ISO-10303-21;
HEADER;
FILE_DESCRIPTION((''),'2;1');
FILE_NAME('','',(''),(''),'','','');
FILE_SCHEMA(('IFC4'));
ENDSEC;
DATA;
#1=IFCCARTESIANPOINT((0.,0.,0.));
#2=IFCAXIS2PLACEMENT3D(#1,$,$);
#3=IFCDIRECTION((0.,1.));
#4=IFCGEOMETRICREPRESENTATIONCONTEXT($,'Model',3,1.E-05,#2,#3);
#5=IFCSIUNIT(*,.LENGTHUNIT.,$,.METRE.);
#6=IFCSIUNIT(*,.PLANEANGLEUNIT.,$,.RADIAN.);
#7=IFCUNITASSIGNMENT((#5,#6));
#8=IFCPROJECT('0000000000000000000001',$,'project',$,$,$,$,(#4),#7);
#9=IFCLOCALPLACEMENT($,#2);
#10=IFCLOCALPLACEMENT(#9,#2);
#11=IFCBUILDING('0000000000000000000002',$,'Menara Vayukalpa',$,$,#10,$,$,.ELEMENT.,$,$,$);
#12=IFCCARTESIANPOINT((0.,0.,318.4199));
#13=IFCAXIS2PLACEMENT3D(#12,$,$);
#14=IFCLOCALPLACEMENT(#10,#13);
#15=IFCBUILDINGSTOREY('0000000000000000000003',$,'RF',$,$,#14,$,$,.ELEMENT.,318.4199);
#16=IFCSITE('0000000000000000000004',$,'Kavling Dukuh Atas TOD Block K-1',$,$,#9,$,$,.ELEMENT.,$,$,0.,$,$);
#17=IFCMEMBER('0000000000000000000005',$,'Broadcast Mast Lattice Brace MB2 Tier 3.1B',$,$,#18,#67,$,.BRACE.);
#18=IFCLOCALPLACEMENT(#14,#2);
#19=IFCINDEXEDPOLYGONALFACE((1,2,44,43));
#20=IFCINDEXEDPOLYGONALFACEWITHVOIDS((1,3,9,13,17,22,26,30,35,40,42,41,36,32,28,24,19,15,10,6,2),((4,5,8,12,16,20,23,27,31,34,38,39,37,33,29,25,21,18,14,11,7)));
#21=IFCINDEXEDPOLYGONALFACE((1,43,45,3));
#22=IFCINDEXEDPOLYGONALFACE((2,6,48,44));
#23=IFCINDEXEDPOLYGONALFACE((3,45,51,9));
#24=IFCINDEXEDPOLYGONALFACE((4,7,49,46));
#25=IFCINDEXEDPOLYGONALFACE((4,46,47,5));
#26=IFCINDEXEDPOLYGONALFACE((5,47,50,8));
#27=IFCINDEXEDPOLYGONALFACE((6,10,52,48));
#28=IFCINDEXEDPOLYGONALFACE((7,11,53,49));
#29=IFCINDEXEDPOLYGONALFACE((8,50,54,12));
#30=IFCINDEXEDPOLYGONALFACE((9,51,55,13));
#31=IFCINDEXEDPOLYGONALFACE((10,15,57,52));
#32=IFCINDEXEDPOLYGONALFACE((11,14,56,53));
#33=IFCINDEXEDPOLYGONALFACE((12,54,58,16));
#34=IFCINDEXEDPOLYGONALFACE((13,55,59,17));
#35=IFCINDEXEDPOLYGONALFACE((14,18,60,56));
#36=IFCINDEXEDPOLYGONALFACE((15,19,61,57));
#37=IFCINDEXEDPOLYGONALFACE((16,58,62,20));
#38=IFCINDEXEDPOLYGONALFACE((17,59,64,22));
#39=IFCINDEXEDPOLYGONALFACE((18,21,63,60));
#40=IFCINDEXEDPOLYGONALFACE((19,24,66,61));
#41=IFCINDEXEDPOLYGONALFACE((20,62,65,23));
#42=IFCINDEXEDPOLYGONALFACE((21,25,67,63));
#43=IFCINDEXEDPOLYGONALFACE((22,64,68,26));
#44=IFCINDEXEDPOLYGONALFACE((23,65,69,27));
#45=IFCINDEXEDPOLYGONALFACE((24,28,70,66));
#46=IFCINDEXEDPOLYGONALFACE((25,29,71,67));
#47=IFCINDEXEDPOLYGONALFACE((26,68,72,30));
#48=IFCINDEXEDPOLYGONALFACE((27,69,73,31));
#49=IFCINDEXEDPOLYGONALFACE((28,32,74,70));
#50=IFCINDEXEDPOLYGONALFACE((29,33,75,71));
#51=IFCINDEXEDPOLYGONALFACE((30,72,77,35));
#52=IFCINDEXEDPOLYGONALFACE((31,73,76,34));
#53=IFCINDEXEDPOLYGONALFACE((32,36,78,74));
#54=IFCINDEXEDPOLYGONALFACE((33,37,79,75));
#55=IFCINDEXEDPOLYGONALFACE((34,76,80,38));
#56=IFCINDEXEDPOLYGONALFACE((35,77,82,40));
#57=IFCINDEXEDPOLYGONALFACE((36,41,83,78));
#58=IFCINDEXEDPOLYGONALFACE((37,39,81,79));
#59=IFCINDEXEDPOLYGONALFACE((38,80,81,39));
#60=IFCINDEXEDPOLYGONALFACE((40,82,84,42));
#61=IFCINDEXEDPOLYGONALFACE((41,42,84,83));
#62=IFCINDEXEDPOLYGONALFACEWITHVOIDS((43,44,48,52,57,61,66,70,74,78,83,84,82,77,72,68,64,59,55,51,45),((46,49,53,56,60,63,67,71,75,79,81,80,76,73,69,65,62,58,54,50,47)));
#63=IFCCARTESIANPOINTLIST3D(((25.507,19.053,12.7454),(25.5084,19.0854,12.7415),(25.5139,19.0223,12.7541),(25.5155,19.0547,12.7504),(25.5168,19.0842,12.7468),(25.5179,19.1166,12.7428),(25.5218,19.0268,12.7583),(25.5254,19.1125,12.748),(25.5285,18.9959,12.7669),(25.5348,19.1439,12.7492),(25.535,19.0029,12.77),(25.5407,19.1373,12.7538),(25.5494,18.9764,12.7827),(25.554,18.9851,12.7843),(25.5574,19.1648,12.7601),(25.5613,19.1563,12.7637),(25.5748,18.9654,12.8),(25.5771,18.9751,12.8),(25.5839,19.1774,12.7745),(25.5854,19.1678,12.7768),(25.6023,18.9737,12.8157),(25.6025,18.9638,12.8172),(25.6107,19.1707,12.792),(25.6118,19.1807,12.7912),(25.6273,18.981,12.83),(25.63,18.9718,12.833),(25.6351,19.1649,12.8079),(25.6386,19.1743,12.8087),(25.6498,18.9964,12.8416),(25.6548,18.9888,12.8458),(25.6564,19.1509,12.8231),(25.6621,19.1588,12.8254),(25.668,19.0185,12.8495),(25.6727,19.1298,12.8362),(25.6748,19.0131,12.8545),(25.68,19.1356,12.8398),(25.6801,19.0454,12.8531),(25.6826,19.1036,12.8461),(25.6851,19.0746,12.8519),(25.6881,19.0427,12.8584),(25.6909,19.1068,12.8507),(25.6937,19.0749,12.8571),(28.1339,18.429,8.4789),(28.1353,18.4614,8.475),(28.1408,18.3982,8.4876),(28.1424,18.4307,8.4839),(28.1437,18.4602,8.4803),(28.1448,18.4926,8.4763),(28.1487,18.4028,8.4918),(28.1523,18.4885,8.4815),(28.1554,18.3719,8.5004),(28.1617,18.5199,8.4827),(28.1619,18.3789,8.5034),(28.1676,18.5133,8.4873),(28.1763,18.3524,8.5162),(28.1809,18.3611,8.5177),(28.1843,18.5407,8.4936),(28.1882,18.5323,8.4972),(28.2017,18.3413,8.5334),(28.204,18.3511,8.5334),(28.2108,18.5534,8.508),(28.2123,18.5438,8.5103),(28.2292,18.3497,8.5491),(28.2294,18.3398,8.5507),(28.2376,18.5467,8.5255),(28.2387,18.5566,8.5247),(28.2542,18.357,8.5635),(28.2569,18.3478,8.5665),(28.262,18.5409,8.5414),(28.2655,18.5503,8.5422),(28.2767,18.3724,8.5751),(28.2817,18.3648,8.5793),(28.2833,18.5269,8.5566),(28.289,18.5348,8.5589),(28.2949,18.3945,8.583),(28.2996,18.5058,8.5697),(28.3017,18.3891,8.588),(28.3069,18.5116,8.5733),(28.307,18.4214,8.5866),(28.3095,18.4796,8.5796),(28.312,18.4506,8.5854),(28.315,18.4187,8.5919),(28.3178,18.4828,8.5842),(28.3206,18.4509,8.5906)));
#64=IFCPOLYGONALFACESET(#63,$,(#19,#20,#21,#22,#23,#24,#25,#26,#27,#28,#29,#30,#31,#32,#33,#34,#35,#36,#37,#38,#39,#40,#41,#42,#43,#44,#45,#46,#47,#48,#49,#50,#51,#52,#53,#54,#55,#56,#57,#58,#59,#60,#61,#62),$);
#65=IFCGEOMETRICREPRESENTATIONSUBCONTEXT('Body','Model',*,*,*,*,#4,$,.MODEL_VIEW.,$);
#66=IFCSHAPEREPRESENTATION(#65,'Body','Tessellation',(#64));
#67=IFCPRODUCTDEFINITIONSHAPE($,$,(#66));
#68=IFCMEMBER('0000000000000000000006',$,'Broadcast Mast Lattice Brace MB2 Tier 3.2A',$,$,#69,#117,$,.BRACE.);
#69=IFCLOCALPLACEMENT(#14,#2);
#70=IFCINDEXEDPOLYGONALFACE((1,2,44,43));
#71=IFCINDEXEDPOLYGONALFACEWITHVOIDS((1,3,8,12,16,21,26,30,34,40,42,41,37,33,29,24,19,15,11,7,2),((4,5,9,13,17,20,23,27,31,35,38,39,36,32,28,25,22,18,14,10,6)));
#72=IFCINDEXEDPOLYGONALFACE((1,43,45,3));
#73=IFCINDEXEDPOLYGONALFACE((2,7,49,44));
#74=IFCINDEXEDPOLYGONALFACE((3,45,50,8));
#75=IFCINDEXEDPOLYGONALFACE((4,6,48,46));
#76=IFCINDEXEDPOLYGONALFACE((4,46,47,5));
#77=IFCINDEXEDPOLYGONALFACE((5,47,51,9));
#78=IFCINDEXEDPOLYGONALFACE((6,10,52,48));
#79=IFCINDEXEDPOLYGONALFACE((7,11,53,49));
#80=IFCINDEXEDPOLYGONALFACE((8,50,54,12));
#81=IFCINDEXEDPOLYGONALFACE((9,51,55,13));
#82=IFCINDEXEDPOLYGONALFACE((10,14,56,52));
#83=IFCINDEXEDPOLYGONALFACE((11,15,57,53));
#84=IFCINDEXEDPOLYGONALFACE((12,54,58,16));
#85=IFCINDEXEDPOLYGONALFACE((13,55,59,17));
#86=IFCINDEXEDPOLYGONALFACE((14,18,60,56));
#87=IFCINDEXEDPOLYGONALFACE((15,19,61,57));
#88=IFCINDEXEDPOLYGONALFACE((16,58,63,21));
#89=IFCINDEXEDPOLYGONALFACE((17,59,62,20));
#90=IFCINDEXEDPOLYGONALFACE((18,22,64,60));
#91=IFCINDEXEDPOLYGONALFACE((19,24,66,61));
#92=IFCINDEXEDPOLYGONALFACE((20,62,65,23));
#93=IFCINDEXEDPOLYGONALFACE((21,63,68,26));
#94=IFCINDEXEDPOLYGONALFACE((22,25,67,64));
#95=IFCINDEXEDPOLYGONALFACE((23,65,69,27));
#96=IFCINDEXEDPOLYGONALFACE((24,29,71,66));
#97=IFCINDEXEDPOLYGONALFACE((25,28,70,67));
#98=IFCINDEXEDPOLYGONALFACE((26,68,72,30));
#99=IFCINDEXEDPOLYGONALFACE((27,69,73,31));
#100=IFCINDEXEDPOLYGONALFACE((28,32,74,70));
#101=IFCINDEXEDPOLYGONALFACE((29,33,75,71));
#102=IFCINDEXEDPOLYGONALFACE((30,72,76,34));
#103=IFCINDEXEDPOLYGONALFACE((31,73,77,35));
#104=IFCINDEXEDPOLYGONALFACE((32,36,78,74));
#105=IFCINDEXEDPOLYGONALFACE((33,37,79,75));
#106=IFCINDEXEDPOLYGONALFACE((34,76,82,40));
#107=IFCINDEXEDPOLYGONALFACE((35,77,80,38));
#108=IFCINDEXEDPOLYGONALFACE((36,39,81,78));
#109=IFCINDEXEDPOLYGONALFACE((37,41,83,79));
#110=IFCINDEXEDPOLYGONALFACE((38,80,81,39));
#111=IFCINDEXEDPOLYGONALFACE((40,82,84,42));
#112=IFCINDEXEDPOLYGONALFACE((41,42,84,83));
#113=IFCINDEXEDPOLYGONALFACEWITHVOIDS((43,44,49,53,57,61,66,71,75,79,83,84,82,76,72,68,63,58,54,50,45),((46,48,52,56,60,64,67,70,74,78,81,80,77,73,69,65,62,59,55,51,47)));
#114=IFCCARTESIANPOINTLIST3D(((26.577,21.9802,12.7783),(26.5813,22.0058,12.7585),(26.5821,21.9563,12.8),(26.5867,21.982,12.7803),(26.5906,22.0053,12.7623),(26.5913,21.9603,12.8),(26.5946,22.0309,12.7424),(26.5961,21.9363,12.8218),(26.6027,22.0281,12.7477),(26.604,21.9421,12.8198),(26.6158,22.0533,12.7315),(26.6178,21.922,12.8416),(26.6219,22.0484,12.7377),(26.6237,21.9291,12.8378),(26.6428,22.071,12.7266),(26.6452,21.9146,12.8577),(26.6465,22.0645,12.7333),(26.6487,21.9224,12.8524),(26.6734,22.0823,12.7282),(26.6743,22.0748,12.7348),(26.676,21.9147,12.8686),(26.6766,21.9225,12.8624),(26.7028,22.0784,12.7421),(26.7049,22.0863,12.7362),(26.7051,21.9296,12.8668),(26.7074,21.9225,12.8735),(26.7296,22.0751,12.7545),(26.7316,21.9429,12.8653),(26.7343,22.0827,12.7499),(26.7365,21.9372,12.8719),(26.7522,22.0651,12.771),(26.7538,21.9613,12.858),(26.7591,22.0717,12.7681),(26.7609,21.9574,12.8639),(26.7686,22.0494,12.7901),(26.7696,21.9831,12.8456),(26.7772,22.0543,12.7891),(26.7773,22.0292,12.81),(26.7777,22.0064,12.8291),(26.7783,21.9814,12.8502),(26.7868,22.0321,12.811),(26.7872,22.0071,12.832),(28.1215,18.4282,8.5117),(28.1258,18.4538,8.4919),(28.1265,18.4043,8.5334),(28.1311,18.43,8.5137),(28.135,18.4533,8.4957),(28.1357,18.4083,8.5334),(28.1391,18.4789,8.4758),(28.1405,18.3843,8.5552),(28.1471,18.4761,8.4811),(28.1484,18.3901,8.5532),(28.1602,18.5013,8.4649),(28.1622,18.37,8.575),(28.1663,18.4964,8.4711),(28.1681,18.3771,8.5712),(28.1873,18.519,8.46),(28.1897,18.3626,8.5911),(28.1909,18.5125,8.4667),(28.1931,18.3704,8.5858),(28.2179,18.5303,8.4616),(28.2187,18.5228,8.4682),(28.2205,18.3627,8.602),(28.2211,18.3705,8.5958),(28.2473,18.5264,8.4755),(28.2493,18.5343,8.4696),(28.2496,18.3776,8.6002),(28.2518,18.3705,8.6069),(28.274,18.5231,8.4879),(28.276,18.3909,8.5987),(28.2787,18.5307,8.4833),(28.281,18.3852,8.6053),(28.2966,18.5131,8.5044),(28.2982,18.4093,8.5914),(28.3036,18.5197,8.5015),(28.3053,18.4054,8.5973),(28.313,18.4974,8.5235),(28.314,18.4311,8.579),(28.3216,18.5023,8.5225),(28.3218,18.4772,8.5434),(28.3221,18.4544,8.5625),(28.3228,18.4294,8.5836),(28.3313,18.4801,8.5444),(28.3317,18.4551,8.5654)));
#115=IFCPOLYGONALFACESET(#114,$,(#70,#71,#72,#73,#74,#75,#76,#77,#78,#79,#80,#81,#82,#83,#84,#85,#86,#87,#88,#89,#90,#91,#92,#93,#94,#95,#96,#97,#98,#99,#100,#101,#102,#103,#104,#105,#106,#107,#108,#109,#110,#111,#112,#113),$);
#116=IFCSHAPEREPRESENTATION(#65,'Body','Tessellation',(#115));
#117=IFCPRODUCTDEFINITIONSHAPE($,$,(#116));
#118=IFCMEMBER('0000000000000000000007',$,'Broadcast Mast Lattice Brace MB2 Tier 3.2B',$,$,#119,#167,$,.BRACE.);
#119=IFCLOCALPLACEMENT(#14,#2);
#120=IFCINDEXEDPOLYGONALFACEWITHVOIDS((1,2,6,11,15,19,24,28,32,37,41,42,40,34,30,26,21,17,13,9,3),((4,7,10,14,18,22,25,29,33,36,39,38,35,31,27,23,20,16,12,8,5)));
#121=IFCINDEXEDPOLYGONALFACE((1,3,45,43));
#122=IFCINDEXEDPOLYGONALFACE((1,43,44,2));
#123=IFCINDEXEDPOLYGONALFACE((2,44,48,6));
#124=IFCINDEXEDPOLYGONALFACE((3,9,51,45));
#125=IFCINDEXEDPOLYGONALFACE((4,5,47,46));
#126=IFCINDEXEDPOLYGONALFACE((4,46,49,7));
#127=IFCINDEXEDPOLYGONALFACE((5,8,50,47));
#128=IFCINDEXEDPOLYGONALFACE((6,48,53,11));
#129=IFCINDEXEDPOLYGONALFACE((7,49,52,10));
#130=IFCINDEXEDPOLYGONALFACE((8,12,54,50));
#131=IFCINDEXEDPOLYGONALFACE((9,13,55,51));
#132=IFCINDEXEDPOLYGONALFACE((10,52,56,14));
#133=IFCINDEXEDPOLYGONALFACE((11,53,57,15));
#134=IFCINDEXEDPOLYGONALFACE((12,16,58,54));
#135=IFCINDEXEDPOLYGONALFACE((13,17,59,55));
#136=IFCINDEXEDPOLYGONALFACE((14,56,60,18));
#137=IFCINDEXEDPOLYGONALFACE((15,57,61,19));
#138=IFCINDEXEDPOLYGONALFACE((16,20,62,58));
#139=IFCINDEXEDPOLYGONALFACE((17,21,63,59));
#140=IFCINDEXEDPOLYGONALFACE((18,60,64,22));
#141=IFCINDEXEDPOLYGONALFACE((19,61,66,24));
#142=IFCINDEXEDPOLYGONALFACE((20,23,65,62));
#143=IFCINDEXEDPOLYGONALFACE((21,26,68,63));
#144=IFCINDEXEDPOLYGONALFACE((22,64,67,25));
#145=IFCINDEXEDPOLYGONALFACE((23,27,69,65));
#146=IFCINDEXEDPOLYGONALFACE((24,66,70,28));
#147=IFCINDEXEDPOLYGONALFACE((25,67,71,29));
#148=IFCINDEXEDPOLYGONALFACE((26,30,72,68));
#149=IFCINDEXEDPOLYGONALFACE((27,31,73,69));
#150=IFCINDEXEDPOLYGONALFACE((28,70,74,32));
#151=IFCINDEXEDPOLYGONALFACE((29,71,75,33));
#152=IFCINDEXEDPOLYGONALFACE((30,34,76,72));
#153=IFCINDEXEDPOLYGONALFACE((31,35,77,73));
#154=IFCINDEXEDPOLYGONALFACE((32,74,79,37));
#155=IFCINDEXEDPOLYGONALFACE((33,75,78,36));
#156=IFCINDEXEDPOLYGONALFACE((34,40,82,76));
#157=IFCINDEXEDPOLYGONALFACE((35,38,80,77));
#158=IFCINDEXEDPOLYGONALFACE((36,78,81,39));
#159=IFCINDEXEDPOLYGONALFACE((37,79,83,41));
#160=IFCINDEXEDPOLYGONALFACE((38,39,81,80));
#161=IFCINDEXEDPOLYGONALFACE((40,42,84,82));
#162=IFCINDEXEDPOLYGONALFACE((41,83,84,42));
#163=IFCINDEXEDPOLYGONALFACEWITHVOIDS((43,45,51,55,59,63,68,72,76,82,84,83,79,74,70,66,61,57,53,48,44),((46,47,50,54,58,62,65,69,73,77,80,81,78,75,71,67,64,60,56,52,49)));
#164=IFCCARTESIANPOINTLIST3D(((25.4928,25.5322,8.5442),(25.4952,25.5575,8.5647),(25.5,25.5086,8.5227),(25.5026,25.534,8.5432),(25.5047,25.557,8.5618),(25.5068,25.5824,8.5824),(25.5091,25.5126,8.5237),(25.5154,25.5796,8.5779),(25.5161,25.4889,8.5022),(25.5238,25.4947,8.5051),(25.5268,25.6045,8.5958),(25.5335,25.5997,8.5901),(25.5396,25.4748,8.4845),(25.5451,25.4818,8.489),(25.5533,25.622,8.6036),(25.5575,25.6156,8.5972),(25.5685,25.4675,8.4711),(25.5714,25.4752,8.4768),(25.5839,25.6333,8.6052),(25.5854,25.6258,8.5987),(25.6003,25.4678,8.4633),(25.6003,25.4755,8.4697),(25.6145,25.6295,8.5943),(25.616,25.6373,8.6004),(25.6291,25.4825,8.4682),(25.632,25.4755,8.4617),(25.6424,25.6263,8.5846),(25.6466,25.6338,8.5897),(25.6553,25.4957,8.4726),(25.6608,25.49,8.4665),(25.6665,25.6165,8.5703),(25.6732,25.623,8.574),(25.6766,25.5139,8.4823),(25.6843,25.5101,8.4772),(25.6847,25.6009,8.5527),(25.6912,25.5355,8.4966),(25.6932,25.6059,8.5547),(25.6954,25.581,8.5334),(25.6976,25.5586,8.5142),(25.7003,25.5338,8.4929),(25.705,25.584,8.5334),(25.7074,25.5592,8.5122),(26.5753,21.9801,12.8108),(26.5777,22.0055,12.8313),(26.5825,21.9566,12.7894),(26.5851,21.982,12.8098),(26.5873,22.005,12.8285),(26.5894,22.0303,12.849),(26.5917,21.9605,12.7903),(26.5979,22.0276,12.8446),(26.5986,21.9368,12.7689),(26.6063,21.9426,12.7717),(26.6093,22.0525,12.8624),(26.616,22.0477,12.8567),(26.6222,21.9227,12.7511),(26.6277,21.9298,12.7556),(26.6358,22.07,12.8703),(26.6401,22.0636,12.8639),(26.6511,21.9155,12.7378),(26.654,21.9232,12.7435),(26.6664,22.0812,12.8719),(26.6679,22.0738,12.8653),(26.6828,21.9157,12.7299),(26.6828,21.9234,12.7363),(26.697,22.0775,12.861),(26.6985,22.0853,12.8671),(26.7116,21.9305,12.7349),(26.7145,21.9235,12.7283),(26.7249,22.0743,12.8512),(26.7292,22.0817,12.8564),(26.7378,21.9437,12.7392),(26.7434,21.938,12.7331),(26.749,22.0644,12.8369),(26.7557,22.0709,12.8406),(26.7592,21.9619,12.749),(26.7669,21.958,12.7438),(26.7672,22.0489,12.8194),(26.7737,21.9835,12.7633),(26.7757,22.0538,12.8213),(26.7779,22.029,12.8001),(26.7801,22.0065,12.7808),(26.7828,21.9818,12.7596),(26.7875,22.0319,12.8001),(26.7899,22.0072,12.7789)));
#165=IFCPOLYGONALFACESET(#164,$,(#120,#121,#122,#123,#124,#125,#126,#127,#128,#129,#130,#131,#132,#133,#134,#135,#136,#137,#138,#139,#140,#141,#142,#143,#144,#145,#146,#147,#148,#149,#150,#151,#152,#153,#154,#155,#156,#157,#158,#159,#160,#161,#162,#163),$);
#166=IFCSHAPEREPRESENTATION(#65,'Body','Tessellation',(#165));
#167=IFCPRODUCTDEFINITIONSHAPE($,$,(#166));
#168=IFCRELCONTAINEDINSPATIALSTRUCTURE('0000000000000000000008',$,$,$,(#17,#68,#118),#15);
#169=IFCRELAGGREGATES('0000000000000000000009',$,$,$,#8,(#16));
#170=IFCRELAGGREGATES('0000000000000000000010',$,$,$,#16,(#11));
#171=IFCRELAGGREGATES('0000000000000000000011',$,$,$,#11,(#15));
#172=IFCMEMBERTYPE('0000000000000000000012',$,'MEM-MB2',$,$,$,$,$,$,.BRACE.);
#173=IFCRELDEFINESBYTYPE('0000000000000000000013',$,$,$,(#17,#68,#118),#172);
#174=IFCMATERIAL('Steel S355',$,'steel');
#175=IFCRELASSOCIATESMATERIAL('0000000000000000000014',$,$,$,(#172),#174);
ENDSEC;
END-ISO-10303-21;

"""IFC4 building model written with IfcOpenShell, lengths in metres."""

from ifc_helpers import new_model, si_unit, direction, frame, origin, origin_2d, place, context, subcontext, project, spatial, hollow_circle, extrude, material, material_profile, profile_set, type_object, element, save


model = new_model("IFC4")

# Units and contexts
model_context = context("Model", 3, precision=1e-05, world=origin(), true_north=direction((0.0, 1.0)))
body_context = subcontext(model_context, "Body", "Model", "MODEL_VIEW")
ifc_project = project(units=[si_unit("LENGTHUNIT", "METRE"), si_unit("PLANEANGLEUNIT", "RADIAN")], contexts=[model_context])

# Site, building, storey
site_placement = place(None, origin())
site = spatial("IfcSite", under=ifc_project, at=site_placement, Name="Kavling Dukuh Atas TOD Block K-1", CompositionType="ELEMENT", RefElevation=0.0)
building_placement = place(site_placement, origin())
building = spatial("IfcBuilding", under=site, at=building_placement, Name="Menara Vayukalpa", CompositionType="ELEMENT")
storey_placement = place(building_placement, frame((0.0, 0.0, 318.4199)))
storey = spatial("IfcBuildingStorey", under=building, at=storey_placement, Name="RF", CompositionType="ELEMENT", Elevation=318.4199)

# Members
ifc_material_1 = material(Name="Steel S355", Category="steel")
ifc_material_profile_1 = material_profile(ifc_material_1, hollow_circle(Radius=0.1096, WallThickness=0.01, at=origin_2d()), Name="CHS 219.1x10")
ifc_profile_set_1 = profile_set([ifc_material_profile_1], Name="Steel S355")
member_type_1 = type_object("IfcMemberType", Name="MEM-MB2", PredefinedType="BRACE", material=ifc_profile_set_1)
member_1_placement = place(storey_placement, frame((28.2271, 18.448, 8.5334), z_axis=(-0.520274, 0.123589, 0.845009), x_axis=(-0.231115, -0.972926, 0.0)))
element("IfcMember", 1, at=member_1_placement, inside=storey, type_object=member_type_1, Name="Broadcast Mast Lattice Brace MB2 Tier 3.1B", PredefinedType="BRACE", context=body_context, shape_type="SweptSolid", body=[
    extrude(hollow_circle(Radius=0.1096, WallThickness=0.01, at=origin_2d()), origin(), (0.0, 0.0, 1.0), 5.0491),
])
member_2_placement = place(storey_placement, frame((28.2271, 18.448, 8.5334), z_axis=(-0.268017, 0.616404, 0.740414), x_axis=(-0.917062, -0.398745, 0.0)))
element("IfcMember", 2, at=member_2_placement, inside=storey, type_object=member_type_1, Name="Broadcast Mast Lattice Brace MB2 Tier 3.2A", PredefinedType="BRACE", context=body_context, shape_type="SweptSolid", body=[
    extrude(hollow_circle(Radius=0.1096, WallThickness=0.01, at=origin_2d()), origin(), (0.0, 0.0, 1.0), 5.7625),
])
for number, where, z_axis, x_axis, name in (
    (3, (25.6001, 25.552, 8.5334), (0.191387, -0.627985, 0.754325), (0.956563, 0.291525, 0.0), "Broadcast Mast Lattice Brace MB2 Tier 3.2B"),
):
    element("IfcMember", number, at=place(storey_placement, frame(where, z_axis=z_axis, x_axis=x_axis)), inside=storey, type_object=member_type_1, Name=name, PredefinedType="BRACE", context=body_context, shape_type="SweptSolid", body=[
        extrude(hollow_circle(Radius=0.1096, WallThickness=0.01, at=origin_2d()), origin(), (0.0, 0.0, 1.0), 5.6562),
    ])

save(model, "model.ifc")
